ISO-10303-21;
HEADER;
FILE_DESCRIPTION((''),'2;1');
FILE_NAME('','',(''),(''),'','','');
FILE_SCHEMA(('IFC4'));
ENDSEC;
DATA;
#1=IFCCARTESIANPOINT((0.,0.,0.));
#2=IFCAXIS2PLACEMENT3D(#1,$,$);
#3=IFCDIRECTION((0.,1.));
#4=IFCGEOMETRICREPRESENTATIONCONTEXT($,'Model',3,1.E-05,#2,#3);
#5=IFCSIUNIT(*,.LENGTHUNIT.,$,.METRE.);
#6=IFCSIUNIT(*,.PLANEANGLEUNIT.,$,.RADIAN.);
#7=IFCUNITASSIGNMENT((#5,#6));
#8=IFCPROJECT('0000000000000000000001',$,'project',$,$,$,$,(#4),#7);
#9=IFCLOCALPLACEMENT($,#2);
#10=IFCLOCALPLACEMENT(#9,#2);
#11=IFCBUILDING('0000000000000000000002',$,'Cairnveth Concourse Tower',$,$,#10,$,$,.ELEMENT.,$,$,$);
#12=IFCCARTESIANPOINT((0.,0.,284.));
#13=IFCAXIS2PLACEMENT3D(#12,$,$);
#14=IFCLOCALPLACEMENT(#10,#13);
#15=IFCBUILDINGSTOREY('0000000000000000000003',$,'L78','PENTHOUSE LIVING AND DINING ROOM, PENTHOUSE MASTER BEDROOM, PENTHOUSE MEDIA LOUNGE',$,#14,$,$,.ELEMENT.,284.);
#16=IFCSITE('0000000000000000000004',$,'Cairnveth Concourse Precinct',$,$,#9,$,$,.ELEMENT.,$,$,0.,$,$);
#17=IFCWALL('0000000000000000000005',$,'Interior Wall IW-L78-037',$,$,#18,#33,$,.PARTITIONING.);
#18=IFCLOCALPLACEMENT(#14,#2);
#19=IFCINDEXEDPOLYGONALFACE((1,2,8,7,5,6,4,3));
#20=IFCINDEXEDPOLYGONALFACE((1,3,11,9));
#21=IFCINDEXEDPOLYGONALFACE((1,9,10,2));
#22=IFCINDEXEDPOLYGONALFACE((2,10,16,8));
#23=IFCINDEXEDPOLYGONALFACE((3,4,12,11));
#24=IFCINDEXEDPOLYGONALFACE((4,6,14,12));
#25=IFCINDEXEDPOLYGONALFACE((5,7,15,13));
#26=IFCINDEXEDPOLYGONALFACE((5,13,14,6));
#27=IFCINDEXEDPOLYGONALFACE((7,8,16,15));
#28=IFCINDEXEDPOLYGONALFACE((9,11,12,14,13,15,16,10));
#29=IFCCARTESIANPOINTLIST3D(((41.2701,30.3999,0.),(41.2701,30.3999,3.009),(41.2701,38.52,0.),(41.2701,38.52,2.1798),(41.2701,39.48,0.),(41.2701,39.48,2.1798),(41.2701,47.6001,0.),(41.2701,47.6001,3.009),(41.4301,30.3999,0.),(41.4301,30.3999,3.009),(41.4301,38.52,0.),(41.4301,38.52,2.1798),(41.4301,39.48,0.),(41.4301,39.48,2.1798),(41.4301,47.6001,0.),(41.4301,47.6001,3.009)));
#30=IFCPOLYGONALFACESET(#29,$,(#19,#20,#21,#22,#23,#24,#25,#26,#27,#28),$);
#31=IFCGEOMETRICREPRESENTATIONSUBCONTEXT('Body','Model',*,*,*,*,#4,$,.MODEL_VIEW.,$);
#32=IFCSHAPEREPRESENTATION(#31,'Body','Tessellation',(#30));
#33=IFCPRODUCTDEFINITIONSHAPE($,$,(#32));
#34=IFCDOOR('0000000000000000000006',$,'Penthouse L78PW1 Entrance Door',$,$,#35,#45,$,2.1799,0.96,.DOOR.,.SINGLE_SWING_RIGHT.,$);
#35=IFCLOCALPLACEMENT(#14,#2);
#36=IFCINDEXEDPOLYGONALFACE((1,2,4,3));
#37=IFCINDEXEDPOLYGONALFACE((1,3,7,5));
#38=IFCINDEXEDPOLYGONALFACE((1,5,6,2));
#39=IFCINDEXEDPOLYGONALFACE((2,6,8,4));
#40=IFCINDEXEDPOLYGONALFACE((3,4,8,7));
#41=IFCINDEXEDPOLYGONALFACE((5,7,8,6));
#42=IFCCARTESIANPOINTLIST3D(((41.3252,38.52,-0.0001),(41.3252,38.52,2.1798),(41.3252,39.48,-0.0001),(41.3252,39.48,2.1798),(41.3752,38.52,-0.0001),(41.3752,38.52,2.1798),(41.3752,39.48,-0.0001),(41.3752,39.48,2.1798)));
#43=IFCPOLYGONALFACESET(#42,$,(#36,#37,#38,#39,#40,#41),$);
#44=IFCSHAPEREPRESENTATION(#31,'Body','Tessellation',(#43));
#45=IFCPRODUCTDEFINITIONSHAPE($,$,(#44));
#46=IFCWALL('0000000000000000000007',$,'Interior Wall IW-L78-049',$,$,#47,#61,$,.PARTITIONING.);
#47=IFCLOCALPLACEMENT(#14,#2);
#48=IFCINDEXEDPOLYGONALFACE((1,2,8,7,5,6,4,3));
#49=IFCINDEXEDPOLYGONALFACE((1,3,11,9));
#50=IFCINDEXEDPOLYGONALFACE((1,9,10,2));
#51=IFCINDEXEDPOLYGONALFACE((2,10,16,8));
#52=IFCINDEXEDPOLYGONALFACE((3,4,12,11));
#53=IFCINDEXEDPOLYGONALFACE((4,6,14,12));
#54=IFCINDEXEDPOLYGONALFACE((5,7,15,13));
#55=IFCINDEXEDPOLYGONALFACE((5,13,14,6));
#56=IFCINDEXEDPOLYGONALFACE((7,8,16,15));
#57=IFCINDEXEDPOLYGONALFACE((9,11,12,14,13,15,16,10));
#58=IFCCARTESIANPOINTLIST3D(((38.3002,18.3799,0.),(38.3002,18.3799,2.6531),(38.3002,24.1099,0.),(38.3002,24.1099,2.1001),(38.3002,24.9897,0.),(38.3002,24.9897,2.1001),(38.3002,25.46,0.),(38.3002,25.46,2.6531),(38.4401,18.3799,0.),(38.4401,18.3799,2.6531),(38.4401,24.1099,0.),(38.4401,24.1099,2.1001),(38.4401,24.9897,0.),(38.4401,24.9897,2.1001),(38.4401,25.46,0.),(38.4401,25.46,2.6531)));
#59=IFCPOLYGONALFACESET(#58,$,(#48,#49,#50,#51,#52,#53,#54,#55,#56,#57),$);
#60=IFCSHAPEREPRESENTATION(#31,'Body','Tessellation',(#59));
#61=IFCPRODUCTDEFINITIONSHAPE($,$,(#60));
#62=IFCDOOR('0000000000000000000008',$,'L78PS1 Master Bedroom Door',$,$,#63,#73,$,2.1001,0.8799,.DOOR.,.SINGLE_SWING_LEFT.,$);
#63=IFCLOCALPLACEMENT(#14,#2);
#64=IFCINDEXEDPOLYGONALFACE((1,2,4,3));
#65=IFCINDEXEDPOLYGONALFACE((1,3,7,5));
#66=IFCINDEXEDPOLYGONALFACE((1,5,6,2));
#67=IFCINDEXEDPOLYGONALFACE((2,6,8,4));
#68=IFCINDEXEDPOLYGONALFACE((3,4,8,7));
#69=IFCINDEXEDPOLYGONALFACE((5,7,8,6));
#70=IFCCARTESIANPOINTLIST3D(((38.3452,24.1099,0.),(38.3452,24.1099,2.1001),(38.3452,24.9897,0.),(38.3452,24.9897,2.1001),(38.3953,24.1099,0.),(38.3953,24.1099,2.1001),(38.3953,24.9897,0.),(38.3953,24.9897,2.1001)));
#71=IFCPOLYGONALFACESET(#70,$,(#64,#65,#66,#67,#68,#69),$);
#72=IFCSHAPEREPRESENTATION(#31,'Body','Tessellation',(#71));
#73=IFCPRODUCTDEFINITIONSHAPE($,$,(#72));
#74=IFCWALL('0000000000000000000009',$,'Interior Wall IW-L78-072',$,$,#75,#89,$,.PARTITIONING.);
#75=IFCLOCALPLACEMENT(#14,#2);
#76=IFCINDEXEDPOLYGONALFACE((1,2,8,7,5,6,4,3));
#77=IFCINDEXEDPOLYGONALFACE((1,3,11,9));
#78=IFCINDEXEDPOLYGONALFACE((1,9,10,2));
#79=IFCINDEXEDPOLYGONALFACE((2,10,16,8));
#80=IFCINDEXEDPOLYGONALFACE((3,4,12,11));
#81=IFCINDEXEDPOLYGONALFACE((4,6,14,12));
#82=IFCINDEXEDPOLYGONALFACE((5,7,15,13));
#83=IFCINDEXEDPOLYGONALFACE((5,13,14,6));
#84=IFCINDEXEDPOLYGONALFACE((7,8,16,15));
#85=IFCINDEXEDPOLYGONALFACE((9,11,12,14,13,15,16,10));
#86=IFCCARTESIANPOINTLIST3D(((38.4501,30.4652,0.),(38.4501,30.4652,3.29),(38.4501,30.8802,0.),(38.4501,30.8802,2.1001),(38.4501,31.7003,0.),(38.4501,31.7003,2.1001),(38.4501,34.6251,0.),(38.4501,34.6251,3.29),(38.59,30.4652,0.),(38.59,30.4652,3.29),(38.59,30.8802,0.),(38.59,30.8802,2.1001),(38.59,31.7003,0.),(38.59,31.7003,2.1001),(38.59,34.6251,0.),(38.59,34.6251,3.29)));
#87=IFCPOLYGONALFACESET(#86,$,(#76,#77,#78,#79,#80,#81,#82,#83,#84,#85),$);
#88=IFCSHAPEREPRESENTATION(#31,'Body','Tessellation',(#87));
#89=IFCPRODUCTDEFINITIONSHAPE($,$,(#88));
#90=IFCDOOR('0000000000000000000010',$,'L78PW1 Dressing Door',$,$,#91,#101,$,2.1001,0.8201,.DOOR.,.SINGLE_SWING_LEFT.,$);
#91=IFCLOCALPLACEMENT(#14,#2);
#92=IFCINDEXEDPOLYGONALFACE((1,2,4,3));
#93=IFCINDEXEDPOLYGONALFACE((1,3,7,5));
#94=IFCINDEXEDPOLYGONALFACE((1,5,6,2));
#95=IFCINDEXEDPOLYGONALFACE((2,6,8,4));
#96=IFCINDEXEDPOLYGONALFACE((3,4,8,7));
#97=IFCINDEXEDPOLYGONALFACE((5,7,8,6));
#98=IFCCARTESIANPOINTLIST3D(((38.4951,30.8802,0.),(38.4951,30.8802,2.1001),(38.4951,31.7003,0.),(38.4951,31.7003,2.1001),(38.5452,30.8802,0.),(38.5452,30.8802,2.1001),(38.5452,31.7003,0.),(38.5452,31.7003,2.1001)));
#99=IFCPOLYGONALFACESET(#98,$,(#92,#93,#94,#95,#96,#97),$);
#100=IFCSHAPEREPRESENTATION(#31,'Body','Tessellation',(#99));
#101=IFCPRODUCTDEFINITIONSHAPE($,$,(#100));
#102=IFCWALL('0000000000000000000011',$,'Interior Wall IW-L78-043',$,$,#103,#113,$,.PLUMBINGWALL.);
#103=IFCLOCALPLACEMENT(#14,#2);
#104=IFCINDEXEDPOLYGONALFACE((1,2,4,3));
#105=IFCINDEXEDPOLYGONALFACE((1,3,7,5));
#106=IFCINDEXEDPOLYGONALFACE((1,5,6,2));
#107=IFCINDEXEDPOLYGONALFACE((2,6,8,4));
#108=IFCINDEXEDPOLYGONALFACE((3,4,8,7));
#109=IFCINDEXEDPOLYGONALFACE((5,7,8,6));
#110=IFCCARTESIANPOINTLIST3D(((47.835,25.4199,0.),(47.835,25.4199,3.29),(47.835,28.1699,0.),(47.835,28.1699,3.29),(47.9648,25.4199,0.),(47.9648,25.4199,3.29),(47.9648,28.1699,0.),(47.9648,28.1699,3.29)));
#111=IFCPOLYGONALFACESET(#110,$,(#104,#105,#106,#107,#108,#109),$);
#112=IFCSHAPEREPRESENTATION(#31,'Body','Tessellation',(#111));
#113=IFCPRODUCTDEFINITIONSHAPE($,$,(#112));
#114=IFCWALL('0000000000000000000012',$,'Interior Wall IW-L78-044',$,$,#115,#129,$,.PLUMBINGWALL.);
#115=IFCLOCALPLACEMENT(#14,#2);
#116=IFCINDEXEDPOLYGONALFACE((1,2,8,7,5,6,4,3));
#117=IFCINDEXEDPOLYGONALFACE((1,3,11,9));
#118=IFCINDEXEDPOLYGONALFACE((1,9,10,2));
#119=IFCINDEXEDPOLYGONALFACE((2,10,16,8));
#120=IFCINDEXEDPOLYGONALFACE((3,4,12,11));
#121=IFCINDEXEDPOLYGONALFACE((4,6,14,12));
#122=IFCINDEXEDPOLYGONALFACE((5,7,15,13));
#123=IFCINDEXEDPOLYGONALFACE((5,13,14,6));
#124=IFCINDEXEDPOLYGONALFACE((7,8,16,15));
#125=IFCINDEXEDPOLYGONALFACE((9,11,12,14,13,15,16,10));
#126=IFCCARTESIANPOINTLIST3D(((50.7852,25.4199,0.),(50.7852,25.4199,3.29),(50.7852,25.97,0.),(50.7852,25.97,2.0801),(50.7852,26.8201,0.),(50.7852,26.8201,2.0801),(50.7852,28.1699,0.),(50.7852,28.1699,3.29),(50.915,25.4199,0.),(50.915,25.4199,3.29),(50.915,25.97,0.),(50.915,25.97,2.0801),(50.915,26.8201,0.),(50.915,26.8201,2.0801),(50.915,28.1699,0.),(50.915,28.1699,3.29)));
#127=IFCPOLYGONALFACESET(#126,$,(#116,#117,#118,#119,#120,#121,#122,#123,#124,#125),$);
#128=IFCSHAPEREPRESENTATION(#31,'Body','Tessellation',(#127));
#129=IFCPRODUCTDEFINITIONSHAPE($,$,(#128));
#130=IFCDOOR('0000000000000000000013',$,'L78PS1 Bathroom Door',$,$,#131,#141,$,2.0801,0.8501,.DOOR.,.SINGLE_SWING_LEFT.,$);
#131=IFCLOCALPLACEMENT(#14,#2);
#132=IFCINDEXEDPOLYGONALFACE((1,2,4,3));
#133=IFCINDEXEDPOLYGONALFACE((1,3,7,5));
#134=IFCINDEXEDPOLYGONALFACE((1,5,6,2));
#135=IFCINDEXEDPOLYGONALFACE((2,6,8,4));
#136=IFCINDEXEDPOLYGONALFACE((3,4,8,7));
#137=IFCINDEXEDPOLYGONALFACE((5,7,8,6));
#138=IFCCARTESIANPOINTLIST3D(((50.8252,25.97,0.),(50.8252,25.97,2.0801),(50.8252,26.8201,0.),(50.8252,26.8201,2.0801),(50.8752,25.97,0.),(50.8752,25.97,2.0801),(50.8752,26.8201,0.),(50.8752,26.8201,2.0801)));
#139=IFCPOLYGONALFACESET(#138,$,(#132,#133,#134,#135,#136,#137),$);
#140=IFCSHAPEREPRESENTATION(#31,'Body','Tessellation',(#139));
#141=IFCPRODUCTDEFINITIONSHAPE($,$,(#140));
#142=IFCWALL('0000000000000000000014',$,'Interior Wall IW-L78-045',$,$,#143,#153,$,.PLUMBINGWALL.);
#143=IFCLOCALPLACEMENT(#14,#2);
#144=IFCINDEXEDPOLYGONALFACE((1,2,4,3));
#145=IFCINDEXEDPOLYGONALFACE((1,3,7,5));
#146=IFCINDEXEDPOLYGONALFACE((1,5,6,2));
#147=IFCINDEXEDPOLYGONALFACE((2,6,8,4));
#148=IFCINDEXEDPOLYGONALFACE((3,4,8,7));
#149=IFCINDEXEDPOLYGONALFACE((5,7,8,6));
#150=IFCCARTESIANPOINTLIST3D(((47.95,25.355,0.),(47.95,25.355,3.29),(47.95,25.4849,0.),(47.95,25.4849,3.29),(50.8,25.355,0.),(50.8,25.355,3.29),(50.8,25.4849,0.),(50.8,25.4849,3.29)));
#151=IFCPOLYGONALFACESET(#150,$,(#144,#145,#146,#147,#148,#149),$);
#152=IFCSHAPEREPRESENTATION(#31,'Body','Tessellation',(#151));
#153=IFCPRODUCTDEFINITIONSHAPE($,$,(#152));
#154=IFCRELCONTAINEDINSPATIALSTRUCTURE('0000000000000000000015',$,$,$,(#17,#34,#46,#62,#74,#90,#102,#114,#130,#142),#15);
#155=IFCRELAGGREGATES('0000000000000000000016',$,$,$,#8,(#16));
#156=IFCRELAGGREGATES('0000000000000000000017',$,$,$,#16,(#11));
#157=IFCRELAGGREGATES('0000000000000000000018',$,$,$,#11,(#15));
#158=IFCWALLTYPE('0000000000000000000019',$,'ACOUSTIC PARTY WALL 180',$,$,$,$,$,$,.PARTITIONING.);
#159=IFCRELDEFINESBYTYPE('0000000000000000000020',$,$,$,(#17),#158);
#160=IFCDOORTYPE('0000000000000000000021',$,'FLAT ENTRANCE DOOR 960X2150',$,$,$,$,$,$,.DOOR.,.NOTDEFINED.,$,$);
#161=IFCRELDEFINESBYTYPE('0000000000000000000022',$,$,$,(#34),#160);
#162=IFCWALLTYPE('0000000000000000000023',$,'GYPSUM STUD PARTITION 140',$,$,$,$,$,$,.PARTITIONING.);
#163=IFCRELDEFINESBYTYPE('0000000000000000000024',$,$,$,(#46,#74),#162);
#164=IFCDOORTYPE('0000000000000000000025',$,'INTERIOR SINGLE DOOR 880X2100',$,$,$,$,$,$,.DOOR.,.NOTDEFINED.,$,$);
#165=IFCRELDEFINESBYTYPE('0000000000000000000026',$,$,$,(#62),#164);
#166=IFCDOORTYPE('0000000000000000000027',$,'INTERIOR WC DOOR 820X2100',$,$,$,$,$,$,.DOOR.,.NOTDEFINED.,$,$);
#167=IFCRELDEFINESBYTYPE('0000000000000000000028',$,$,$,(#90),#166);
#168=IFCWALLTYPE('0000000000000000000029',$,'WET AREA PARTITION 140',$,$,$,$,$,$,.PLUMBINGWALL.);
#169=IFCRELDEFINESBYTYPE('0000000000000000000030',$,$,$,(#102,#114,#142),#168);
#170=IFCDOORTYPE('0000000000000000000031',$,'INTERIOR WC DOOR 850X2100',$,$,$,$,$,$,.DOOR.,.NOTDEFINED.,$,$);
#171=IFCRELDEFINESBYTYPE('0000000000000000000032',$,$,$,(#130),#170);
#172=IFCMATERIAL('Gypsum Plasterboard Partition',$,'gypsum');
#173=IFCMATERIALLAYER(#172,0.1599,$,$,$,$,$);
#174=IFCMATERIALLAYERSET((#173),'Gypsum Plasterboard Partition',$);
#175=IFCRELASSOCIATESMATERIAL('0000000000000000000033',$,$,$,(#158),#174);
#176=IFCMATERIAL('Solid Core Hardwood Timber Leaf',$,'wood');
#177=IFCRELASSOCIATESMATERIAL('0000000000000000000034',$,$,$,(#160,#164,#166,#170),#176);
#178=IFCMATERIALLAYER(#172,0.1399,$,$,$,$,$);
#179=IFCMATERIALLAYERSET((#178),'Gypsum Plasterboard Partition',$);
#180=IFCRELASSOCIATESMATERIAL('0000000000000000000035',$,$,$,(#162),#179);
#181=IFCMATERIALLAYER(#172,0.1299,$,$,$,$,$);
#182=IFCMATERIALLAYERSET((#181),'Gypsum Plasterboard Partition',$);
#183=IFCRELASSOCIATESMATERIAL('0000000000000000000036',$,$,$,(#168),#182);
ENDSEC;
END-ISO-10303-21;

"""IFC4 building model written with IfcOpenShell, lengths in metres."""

from ifc_helpers import new_model, si_unit, direction, frame, frame_2d, origin, place, context, subcontext, project, spatial, rectangle, extrude, material, layer, layer_set, type_object, element, fill, save


model = new_model("IFC4")

# Units and contexts
model_context = context("Model", 3, precision=1e-05, world=origin(), true_north=direction((0.0, 1.0)))
body_context = subcontext(model_context, "Body", "Model", "MODEL_VIEW")
ifc_project = project(units=[si_unit("LENGTHUNIT", "METRE"), si_unit("PLANEANGLEUNIT", "RADIAN")], contexts=[model_context])

# Site, building, storey
site_placement = place(None, origin())
site = spatial("IfcSite", under=ifc_project, at=site_placement, Name="Cairnveth Concourse Precinct", CompositionType="ELEMENT", RefElevation=0.0)
building_placement = place(site_placement, origin())
building = spatial("IfcBuilding", under=site, at=building_placement, Name="Cairnveth Concourse Tower", CompositionType="ELEMENT")
storey_placement = place(building_placement, frame((0.0, 0.0, 284.0)))
storey = spatial("IfcBuildingStorey", under=building, at=storey_placement, Name="L78", Description="PENTHOUSE LIVING AND DINING ROOM, PENTHOUSE MASTER BEDROOM, PENTHOUSE MEDIA LOUNGE", CompositionType="ELEMENT", Elevation=284.0)

# Walls, openings, doors
ifc_material_1 = material(Name="Gypsum Plasterboard Partition", Category="gypsum")
ifc_layer_1 = layer(ifc_material_1, 0.1599)
ifc_layer_set_1 = layer_set([ifc_layer_1], Name="Gypsum Plasterboard Partition")
wall_type_1 = type_object("IfcWallType", Name="ACOUSTIC PARTY WALL 180", PredefinedType="PARTITIONING", material=ifc_layer_set_1)
wall_1_placement = place(storey_placement, frame((41.3501, 30.3999, 0.0), z_axis=(0.0, 0.0, 1.0), x_axis=(0.0, 1.0, 0.0)))
wall_1 = element("IfcWall", 1, at=wall_1_placement, inside=storey, type_object=wall_type_1, Name="Interior Wall IW-L78-037", PredefinedType="PARTITIONING", context=body_context, shape_type="SweptSolid", body=[
    extrude(rectangle(XDim=17.2002, YDim=0.1599, at=frame_2d((8.6001, 0.0))), origin(), (0.0, 0.0, 1.0), 3.009),
])
opening_1_placement = place(wall_1_placement, frame((8.1201, 0.0, 0.0)))
opening_1 = element("IfcOpeningElement", 2, at=opening_1_placement, cuts=wall_1, PredefinedType="OPENING", context=body_context, shape_type="SweptSolid", body=[
    extrude(rectangle(XDim=0.96, YDim=2.1799, at=frame_2d((0.48, 1.0898))), frame((0.0, 0.0898, 0.0), z_axis=(0.0, -1.0, 0.0), x_axis=(1.0, 0.0, 0.0)), (0.0, 0.0, 1.0), 0.1799),
])
ifc_material_2 = material(Name="Solid Core Hardwood Timber Leaf", Category="wood")
door_type_1 = type_object("IfcDoorType", Name="FLAT ENTRANCE DOOR 960X2150", OperationType="NOTDEFINED", PredefinedType="DOOR", material=ifc_material_2)
door_1_placement = place(opening_1_placement, origin())
door_1 = element("IfcDoor", 3, at=door_1_placement, inside=storey, type_object=door_type_1, Name="Penthouse L78PW1 Entrance Door", OperationType="SINGLE_SWING_RIGHT", OverallHeight=2.1799, OverallWidth=0.96, PredefinedType="DOOR", context=body_context, shape_type="SweptSolid", body=[
    extrude(rectangle(XDim=0.96, YDim=2.1799, at=frame_2d((0.48, 1.0898))), frame((0.0, 0.0249, 0.0), z_axis=(0.0, -1.0, 0.0), x_axis=(1.0, 0.0, 0.0)), (0.0, 0.0, 1.0), 0.05),
])
fill(opening_1, door_1)
ifc_layer_2 = layer(ifc_material_1, 0.1399)
ifc_layer_set_2 = layer_set([ifc_layer_2], Name="Gypsum Plasterboard Partition")
wall_type_2 = type_object("IfcWallType", Name="GYPSUM STUD PARTITION 140", PredefinedType="PARTITIONING", material=ifc_layer_set_2)
wall_2_placement = place(storey_placement, frame((38.3701, 18.3799, 0.0), z_axis=(0.0, 0.0, 1.0), x_axis=(0.0, 1.0, 0.0)))
wall_2 = element("IfcWall", 4, at=wall_2_placement, inside=storey, type_object=wall_type_2, Name="Interior Wall IW-L78-049", PredefinedType="PARTITIONING", context=body_context, shape_type="SweptSolid", body=[
    extrude(rectangle(XDim=7.0801, YDim=0.1399, at=frame_2d((3.54, 0.0))), origin(), (0.0, 0.0, 1.0), 2.6531),
])
opening_2_placement = place(wall_2_placement, frame((5.73, 0.0, 0.0)))
opening_2 = element("IfcOpeningElement", 5, at=opening_2_placement, cuts=wall_2, PredefinedType="OPENING", context=body_context, shape_type="SweptSolid", body=[
    extrude(rectangle(XDim=0.8799, YDim=2.1001, at=frame_2d((0.4399, 1.05))), frame((0.0, 0.0798, 0.0), z_axis=(0.0, -1.0, 0.0), x_axis=(1.0, 0.0, 0.0)), (0.0, 0.0, 1.0), 0.1599),
])
door_type_2 = type_object("IfcDoorType", Name="INTERIOR SINGLE DOOR 880X2100", OperationType="NOTDEFINED", PredefinedType="DOOR", material=ifc_material_2)
door_2_placement = place(opening_2_placement, origin())
door_2 = element("IfcDoor", 6, at=door_2_placement, inside=storey, type_object=door_type_2, Name="L78PS1 Master Bedroom Door", OperationType="SINGLE_SWING_LEFT", OverallHeight=2.1001, OverallWidth=0.8799, PredefinedType="DOOR", context=body_context, shape_type="SweptSolid", body=[
    extrude(rectangle(XDim=0.8799, YDim=2.1001, at=frame_2d((0.4399, 1.05))), frame((0.0, 0.0249, 0.0), z_axis=(0.0, -1.0, 0.0), x_axis=(1.0, 0.0, 0.0)), (0.0, 0.0, 1.0), 0.05),
])
fill(opening_2, door_2)
wall_3_placement = place(storey_placement, frame((38.52, 30.4651, 0.0), z_axis=(0.0, 0.0, 1.0), x_axis=(0.0, 1.0, 0.0)))
wall_3 = element("IfcWall", 7, at=wall_3_placement, inside=storey, type_object=wall_type_2, Name="Interior Wall IW-L78-072", PredefinedType="PARTITIONING", context=body_context, shape_type="SweptSolid", body=[
    extrude(rectangle(XDim=4.1599, YDim=0.1399, at=frame_2d((2.0801, 0.0))), origin(), (0.0, 0.0, 1.0), 3.29),
])
opening_3_placement = place(wall_3_placement, frame((0.415, 0.0, 0.0)))
opening_3 = element("IfcOpeningElement", 8, at=opening_3_placement, cuts=wall_3, PredefinedType="OPENING", context=body_context, shape_type="SweptSolid", body=[
    extrude(rectangle(XDim=0.8201, YDim=2.1001, at=frame_2d((0.4102, 1.05))), frame((0.0, 0.0798, 0.0), z_axis=(0.0, -1.0, 0.0), x_axis=(1.0, 0.0, 0.0)), (0.0, 0.0, 1.0), 0.1599),
])
door_type_3 = type_object("IfcDoorType", Name="INTERIOR WC DOOR 820X2100", OperationType="NOTDEFINED", PredefinedType="DOOR", material=ifc_material_2)
door_3_placement = place(opening_3_placement, origin())
door_3 = element("IfcDoor", 9, at=door_3_placement, inside=storey, type_object=door_type_3, Name="L78PW1 Dressing Door", OperationType="SINGLE_SWING_LEFT", OverallHeight=2.1001, OverallWidth=0.8201, PredefinedType="DOOR", context=body_context, shape_type="SweptSolid", body=[
    extrude(rectangle(XDim=0.8201, YDim=2.1001, at=frame_2d((0.4102, 1.05))), frame((0.0, 0.0249, 0.0), z_axis=(0.0, -1.0, 0.0), x_axis=(1.0, 0.0, 0.0)), (0.0, 0.0, 1.0), 0.05),
])
fill(opening_3, door_3)

# Wall
ifc_layer_3 = layer(ifc_material_1, 0.1299)
ifc_layer_set_3 = layer_set([ifc_layer_3], Name="Gypsum Plasterboard Partition")
wall_type_3 = type_object("IfcWallType", Name="WET AREA PARTITION 140", PredefinedType="PLUMBINGWALL", material=ifc_layer_set_3)
wall_4_placement = place(storey_placement, frame((47.8999, 25.4199, 0.0), z_axis=(0.0, 0.0, 1.0), x_axis=(0.0, 1.0, 0.0)))
element("IfcWall", 10, at=wall_4_placement, inside=storey, type_object=wall_type_3, Name="Interior Wall IW-L78-043", PredefinedType="PLUMBINGWALL", context=body_context, shape_type="SweptSolid", body=[
    extrude(rectangle(XDim=2.75, YDim=0.1299, at=frame_2d((1.375, 0.0))), origin(), (0.0, 0.0, 1.0), 3.29),
])

# Wall, opening, door
wall_5_placement = place(storey_placement, frame((50.8501, 25.4199, 0.0), z_axis=(0.0, 0.0, 1.0), x_axis=(0.0, 1.0, 0.0)))
wall_5 = element("IfcWall", 11, at=wall_5_placement, inside=storey, type_object=wall_type_3, Name="Interior Wall IW-L78-044", PredefinedType="PLUMBINGWALL", context=body_context, shape_type="SweptSolid", body=[
    extrude(rectangle(XDim=2.75, YDim=0.1299, at=frame_2d((1.375, 0.0))), origin(), (0.0, 0.0, 1.0), 3.29),
])
opening_4_placement = place(wall_5_placement, frame((0.55, 0.0, 0.0)))
opening_4 = element("IfcOpeningElement", 12, at=opening_4_placement, cuts=wall_5, PredefinedType="OPENING", context=body_context, shape_type="SweptSolid", body=[
    extrude(rectangle(XDim=0.8501, YDim=2.0801, at=frame_2d((0.425, 1.04))), frame((0.0, 0.075, 0.0), z_axis=(0.0, -1.0, 0.0), x_axis=(1.0, 0.0, 0.0)), (0.0, 0.0, 1.0), 0.1499),
])
door_type_4 = type_object("IfcDoorType", Name="INTERIOR WC DOOR 850X2100", OperationType="NOTDEFINED", PredefinedType="DOOR", material=ifc_material_2)
door_4_placement = place(opening_4_placement, origin())
door_4 = element("IfcDoor", 13, at=door_4_placement, inside=storey, type_object=door_type_4, Name="L78PS1 Bathroom Door", OperationType="SINGLE_SWING_LEFT", OverallHeight=2.0801, OverallWidth=0.8501, PredefinedType="DOOR", context=body_context, shape_type="SweptSolid", body=[
    extrude(rectangle(XDim=0.8501, YDim=2.0801, at=frame_2d((0.425, 1.04))), frame((0.0, 0.0249, 0.0), z_axis=(0.0, -1.0, 0.0), x_axis=(1.0, 0.0, 0.0)), (0.0, 0.0, 1.0), 0.05),
])
fill(opening_4, door_4)

# Wall
wall_6_placement = place(storey_placement, frame((47.95, 25.4199, 0.0), z_axis=(0.0, 0.0, 1.0), x_axis=(1.0, 0.0, 0.0)))
element("IfcWall", 14, at=wall_6_placement, inside=storey, type_object=wall_type_3, Name="Interior Wall IW-L78-045", PredefinedType="PLUMBINGWALL", context=body_context, shape_type="SweptSolid", body=[
    extrude(rectangle(XDim=2.8501, YDim=0.1299, at=frame_2d((1.425, 0.0))), origin(), (0.0, 0.0, 1.0), 3.29),
])

save(model, "model.ifc")
